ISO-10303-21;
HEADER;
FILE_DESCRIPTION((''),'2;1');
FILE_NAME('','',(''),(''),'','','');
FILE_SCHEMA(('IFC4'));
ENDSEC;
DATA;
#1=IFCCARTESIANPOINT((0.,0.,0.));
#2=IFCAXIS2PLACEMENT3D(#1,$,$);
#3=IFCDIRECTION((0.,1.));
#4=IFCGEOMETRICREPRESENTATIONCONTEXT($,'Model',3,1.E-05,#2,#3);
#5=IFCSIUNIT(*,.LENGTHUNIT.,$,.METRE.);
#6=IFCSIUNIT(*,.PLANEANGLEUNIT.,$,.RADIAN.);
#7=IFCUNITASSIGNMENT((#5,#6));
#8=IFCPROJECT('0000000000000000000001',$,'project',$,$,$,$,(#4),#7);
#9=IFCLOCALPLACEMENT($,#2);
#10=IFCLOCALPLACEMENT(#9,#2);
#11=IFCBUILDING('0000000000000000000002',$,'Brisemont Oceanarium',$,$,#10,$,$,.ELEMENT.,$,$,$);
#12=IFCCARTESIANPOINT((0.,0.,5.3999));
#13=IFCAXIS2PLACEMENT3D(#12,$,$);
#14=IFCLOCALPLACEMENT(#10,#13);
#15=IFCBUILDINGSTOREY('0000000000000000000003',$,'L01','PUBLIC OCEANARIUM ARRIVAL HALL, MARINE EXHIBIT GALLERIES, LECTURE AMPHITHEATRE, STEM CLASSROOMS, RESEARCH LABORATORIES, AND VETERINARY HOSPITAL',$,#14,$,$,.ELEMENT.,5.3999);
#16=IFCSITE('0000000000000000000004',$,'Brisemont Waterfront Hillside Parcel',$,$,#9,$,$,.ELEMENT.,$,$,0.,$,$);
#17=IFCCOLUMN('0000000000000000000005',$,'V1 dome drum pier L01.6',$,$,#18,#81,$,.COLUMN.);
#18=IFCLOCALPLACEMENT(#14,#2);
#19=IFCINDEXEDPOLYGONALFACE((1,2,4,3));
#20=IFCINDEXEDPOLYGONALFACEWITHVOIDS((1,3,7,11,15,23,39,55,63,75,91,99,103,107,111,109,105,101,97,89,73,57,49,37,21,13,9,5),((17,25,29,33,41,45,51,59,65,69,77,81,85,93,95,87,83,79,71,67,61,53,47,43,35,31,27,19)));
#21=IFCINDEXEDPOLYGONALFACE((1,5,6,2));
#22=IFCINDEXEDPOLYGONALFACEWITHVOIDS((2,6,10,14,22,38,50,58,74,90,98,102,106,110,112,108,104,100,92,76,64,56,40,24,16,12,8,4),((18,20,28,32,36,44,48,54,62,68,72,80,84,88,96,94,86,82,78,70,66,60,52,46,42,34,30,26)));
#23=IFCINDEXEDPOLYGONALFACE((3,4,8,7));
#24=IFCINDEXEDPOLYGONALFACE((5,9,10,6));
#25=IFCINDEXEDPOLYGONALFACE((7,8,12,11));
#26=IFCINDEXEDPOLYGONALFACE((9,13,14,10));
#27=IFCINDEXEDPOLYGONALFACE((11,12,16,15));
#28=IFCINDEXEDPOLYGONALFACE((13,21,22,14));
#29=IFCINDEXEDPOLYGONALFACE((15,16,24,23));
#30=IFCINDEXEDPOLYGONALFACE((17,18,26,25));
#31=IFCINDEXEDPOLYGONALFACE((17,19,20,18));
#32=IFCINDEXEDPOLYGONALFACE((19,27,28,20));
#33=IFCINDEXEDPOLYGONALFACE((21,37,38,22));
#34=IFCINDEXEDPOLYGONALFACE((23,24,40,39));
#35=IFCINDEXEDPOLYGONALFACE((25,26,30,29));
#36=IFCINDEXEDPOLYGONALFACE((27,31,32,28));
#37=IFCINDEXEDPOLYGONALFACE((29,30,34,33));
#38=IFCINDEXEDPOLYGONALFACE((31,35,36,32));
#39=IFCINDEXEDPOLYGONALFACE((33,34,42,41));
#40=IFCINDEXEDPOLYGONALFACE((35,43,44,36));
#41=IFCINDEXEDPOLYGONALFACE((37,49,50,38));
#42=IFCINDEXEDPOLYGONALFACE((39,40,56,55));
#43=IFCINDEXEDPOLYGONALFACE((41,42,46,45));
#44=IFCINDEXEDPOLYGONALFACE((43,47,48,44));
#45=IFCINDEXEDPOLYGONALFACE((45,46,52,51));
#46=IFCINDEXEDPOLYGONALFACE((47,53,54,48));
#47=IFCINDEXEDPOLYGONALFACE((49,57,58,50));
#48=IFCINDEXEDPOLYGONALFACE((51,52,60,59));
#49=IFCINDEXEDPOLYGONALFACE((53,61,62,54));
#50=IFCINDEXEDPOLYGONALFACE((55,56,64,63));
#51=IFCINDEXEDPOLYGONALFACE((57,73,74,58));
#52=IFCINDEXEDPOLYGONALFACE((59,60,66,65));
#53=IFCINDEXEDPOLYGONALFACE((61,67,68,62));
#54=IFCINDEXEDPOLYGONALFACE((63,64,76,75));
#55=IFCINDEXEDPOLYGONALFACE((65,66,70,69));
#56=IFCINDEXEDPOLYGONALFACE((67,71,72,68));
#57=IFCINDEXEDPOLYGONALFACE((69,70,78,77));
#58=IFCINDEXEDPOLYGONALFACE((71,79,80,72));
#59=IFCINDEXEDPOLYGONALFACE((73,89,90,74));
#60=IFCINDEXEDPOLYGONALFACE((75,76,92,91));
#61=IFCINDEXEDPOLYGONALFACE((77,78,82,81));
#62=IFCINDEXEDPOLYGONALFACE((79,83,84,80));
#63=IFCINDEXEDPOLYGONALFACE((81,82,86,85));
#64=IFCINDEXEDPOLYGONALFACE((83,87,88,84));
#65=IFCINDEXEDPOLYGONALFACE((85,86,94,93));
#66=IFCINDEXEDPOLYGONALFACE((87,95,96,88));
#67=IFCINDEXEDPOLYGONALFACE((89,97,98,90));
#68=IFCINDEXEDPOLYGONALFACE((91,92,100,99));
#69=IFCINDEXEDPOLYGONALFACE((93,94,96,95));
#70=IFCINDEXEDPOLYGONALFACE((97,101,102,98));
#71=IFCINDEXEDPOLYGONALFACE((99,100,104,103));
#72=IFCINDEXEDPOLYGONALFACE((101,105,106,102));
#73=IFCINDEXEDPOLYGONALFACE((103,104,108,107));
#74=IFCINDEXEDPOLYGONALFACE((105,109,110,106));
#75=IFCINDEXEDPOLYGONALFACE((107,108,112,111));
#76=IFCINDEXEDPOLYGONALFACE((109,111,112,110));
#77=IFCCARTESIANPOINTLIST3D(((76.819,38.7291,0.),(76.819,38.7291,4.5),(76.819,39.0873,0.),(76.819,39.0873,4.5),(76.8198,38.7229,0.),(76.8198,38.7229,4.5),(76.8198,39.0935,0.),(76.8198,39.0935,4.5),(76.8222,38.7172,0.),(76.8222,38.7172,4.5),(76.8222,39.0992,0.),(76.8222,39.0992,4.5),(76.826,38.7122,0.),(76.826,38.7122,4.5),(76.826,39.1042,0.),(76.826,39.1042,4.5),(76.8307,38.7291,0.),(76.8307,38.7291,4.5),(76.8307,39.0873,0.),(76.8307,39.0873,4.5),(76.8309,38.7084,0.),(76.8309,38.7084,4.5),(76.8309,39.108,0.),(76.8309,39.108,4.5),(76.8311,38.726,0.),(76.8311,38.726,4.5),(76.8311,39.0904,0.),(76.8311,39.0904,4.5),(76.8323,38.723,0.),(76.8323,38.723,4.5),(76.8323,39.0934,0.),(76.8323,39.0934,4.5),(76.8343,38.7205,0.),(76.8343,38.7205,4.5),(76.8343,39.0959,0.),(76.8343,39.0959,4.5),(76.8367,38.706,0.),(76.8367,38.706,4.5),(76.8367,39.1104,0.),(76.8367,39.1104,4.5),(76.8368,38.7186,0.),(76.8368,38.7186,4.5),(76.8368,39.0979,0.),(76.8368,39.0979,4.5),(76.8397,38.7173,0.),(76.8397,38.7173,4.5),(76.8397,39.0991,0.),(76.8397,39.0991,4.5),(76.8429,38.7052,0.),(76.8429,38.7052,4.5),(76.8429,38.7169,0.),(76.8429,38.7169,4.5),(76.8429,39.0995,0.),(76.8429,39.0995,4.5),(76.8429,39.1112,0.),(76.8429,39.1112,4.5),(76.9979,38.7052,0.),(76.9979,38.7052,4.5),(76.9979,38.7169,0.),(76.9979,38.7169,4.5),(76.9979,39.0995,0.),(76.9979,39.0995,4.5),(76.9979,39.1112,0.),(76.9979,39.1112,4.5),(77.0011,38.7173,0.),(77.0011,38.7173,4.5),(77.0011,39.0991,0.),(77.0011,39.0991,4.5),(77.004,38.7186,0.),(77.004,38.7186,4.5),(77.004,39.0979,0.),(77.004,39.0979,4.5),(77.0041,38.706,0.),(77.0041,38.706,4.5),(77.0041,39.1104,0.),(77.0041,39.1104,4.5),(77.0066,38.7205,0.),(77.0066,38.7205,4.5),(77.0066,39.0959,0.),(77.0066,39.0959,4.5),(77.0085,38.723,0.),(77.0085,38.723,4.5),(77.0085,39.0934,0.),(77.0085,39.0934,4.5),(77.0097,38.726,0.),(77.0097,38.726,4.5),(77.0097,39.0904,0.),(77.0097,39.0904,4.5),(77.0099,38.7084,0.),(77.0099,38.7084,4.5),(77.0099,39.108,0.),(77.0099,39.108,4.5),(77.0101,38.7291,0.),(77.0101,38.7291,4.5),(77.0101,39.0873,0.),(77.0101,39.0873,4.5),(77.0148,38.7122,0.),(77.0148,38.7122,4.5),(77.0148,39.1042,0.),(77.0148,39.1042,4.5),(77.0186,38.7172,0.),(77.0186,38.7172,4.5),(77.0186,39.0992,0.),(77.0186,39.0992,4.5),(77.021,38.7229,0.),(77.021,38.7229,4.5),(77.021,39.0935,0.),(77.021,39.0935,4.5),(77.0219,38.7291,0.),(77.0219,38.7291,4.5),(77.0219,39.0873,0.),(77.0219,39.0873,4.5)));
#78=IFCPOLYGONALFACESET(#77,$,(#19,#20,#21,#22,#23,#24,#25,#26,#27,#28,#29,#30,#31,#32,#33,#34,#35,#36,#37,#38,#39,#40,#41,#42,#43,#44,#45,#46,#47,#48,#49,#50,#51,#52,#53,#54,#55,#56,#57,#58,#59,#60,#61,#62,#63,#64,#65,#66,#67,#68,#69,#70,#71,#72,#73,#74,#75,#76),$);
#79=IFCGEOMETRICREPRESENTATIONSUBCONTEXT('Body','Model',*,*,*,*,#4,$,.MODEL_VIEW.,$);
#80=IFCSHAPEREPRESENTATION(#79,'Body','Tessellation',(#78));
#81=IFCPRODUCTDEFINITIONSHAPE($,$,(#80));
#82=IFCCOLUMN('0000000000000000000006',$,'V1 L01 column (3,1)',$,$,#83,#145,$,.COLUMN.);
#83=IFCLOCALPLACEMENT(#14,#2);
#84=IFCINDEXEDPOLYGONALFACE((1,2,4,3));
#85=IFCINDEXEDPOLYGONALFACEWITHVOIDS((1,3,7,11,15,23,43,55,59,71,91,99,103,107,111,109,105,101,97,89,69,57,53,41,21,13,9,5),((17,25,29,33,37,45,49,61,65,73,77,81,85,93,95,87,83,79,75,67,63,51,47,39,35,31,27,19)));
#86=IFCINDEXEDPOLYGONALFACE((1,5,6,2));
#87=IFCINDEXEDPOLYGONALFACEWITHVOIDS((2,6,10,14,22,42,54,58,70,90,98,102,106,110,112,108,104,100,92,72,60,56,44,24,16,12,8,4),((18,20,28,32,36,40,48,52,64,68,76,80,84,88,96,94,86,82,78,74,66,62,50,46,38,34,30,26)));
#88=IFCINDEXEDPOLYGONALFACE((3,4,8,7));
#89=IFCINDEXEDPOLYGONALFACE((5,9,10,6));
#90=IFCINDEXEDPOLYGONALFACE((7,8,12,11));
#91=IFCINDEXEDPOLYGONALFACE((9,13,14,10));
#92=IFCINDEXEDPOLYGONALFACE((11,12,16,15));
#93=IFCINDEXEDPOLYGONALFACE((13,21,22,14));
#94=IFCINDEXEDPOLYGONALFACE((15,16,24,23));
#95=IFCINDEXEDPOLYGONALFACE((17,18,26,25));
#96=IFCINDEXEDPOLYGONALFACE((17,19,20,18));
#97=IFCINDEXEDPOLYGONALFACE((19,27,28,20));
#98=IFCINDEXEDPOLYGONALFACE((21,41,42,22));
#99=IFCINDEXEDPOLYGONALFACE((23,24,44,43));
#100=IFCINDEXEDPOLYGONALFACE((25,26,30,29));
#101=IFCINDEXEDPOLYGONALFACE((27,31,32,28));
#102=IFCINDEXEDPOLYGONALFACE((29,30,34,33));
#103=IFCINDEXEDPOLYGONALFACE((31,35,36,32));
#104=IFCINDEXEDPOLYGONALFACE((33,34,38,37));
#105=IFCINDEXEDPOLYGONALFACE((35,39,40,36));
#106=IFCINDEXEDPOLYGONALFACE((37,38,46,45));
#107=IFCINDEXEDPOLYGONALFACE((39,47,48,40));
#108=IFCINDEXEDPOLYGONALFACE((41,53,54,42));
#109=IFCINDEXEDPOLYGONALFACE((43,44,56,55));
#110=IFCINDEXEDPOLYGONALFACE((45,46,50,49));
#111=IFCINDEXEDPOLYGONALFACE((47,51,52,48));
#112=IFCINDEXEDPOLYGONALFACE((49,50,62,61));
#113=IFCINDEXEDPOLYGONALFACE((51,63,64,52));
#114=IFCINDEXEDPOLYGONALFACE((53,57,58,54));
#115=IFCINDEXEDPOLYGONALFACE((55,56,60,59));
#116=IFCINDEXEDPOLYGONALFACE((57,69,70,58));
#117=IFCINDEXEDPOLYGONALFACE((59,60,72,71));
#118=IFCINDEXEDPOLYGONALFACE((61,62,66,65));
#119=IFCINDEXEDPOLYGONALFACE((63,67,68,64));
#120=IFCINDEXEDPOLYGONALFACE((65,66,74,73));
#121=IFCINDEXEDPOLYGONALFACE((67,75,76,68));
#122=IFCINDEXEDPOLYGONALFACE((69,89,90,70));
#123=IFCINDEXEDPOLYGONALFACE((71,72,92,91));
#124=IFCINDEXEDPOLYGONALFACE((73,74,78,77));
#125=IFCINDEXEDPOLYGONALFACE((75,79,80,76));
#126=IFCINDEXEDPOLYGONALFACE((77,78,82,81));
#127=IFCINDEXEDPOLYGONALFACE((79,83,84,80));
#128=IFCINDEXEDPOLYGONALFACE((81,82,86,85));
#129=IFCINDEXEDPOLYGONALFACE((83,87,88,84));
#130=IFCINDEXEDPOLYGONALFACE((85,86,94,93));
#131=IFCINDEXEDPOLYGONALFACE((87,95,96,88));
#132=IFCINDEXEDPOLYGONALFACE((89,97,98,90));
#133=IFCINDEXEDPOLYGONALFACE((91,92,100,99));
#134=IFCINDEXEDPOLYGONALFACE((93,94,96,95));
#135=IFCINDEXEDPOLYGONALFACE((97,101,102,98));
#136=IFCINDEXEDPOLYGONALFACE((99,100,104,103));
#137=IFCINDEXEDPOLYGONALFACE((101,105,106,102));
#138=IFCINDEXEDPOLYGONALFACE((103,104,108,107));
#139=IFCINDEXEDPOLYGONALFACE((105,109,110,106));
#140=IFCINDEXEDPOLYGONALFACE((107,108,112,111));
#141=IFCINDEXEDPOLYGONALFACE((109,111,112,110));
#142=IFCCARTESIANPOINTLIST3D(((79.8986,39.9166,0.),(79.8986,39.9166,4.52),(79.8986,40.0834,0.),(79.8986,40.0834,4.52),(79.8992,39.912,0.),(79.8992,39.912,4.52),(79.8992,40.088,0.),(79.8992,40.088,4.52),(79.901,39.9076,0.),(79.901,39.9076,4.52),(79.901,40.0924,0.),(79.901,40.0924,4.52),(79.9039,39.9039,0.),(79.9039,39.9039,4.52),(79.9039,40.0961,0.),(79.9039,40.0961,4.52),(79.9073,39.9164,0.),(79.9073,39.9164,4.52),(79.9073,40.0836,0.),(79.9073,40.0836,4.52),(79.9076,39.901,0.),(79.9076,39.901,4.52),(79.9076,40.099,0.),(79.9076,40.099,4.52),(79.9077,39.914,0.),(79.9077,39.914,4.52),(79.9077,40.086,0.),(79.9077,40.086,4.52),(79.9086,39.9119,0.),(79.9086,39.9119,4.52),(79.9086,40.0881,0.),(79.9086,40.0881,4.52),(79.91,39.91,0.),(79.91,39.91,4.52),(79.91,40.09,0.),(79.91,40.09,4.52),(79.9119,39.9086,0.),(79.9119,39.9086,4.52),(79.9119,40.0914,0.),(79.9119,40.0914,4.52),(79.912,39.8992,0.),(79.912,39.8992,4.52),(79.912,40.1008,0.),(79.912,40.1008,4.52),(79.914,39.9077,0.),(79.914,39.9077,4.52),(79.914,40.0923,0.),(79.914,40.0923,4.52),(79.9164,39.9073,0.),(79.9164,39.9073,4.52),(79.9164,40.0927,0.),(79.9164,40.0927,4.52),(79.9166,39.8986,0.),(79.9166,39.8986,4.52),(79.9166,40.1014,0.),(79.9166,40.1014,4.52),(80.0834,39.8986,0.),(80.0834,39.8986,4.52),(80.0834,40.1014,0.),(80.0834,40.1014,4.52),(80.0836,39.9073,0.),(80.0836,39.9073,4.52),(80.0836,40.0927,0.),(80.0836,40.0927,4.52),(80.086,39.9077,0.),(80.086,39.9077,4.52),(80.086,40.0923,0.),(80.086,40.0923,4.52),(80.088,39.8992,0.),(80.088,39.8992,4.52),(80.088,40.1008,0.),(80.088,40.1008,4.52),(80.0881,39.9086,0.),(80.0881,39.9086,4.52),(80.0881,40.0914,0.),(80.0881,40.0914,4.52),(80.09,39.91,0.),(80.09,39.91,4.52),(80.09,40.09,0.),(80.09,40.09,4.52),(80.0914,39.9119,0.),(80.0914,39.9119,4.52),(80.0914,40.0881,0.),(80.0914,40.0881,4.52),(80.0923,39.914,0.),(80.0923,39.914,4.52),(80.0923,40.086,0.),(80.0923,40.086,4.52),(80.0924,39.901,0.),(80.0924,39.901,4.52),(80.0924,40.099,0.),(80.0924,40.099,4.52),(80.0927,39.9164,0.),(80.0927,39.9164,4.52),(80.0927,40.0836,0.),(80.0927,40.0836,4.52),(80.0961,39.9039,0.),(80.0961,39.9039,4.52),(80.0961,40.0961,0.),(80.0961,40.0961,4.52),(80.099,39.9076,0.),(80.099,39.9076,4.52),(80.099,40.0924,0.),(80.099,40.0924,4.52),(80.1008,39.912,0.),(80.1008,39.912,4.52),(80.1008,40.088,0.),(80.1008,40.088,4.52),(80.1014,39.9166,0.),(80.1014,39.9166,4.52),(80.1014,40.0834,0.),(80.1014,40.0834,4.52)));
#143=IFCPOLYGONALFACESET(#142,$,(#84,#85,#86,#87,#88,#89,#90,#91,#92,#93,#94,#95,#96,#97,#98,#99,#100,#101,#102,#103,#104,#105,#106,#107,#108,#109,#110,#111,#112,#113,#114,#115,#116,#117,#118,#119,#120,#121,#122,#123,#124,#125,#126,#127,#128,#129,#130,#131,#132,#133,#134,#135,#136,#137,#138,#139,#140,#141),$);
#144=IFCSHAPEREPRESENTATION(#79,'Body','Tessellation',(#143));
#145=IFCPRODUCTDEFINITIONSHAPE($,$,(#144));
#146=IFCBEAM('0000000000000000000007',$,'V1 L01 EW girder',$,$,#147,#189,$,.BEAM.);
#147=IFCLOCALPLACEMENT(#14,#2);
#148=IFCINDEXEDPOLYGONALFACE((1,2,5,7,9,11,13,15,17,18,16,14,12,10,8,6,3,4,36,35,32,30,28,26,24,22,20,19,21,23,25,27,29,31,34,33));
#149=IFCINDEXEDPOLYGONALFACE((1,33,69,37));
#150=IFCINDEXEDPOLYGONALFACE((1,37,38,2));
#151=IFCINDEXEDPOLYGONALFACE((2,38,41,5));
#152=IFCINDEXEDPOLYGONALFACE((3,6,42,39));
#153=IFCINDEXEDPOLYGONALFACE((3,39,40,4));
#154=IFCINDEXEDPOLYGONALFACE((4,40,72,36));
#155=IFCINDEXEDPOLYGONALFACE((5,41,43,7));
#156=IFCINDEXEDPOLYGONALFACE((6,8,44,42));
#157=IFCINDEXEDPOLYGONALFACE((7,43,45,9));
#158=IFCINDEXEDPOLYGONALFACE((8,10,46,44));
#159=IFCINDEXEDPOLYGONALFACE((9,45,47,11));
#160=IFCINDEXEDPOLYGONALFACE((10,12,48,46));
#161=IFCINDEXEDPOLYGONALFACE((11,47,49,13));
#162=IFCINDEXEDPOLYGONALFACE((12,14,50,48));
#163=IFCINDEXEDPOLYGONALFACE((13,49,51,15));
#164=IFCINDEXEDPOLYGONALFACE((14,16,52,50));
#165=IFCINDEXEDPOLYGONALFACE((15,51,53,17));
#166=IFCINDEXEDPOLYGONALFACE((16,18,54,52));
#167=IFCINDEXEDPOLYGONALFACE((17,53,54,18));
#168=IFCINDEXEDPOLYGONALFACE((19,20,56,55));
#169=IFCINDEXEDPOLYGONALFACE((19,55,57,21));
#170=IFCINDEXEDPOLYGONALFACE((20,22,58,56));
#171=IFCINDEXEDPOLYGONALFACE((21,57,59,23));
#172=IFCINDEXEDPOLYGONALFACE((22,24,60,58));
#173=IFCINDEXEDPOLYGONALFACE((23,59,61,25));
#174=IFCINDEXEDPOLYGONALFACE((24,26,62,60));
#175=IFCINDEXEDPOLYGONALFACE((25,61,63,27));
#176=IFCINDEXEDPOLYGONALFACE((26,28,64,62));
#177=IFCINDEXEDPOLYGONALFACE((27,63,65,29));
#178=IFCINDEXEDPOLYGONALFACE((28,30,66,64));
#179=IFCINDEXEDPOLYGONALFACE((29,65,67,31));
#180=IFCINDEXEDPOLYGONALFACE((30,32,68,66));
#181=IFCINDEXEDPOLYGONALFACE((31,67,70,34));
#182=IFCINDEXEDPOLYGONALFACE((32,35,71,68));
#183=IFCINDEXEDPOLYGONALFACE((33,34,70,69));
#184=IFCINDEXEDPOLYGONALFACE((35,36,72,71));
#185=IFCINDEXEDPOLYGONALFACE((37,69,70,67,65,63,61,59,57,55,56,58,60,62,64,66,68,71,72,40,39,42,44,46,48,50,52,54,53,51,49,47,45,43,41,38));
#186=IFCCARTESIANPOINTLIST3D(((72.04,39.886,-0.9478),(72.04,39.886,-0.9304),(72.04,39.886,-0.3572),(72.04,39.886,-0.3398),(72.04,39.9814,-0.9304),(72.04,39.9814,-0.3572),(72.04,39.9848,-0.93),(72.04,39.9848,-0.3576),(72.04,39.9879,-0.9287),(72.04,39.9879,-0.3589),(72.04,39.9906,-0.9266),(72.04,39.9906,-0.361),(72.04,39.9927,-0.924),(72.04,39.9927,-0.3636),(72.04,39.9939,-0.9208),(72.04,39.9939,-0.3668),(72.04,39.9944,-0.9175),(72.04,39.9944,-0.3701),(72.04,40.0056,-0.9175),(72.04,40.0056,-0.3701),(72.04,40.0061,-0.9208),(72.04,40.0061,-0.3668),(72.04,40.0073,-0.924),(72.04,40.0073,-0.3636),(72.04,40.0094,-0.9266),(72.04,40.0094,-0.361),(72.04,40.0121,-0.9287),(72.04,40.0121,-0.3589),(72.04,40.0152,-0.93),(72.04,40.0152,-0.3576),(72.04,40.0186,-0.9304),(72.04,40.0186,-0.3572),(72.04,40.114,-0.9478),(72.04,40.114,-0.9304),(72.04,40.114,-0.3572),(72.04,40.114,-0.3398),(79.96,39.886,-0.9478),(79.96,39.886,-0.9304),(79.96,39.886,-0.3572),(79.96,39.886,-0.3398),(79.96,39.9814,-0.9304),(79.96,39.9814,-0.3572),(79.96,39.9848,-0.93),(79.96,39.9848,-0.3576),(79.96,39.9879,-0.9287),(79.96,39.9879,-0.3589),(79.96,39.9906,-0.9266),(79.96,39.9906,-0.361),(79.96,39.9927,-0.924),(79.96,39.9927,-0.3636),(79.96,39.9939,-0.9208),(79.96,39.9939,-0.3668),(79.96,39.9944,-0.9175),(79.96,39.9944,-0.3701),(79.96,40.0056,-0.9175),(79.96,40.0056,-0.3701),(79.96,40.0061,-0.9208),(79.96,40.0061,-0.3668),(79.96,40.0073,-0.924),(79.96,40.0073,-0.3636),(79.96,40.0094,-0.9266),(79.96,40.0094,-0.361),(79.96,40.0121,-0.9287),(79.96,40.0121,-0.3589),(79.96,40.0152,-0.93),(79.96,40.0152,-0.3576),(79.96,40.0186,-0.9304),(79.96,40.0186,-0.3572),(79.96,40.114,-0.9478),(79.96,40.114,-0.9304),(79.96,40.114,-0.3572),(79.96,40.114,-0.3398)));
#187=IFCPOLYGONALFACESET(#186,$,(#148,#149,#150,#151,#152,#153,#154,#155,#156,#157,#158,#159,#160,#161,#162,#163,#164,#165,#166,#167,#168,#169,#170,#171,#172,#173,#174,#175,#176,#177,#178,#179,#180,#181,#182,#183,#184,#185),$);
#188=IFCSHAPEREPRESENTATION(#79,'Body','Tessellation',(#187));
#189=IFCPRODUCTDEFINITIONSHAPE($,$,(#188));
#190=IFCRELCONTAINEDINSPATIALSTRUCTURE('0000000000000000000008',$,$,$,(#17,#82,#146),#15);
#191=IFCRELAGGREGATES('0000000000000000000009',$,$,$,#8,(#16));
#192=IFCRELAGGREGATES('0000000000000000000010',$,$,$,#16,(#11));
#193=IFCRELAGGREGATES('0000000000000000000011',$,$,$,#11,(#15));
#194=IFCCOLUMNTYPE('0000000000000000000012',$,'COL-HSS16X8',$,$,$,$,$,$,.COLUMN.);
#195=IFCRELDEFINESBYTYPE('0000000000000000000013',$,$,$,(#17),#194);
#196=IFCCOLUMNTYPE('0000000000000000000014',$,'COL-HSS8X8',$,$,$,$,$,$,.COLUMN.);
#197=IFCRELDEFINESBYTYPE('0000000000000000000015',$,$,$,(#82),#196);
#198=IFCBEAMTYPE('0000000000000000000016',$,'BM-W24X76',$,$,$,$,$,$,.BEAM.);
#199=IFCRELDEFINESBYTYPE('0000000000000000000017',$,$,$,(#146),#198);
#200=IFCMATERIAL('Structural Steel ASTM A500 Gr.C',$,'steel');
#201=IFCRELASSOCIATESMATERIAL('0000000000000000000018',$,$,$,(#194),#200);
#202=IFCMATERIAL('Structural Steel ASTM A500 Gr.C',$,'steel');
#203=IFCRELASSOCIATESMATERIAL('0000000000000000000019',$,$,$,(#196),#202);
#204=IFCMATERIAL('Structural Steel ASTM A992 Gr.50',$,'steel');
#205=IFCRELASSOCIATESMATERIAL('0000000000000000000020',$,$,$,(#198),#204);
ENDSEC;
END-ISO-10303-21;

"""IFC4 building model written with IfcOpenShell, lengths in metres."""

from ifc_helpers import new_model, si_unit, direction, frame, origin, origin_2d, place, context, subcontext, project, spatial, hollow_rectangle, i_section, extrude, material, material_profile, profile_set, type_object, element, save


model = new_model("IFC4")

# Units and contexts
model_context = context("Model", 3, precision=1e-05, world=origin(), true_north=direction((0.0, 1.0)))
body_context = subcontext(model_context, "Body", "Model", "MODEL_VIEW")
ifc_project = project(units=[si_unit("LENGTHUNIT", "METRE"), si_unit("PLANEANGLEUNIT", "RADIAN")], contexts=[model_context])

# Site, building, storey
site_placement = place(None, origin())
site = spatial("IfcSite", under=ifc_project, at=site_placement, Name="Brisemont Waterfront Hillside Parcel", CompositionType="ELEMENT", RefElevation=0.0)
building_placement = place(site_placement, origin())
building = spatial("IfcBuilding", under=site, at=building_placement, Name="Brisemont Oceanarium", CompositionType="ELEMENT")
storey_placement = place(building_placement, frame((0.0, 0.0, 5.3999)))
storey = spatial("IfcBuildingStorey", under=building, at=storey_placement, Name="L01", Description="PUBLIC OCEANARIUM ARRIVAL HALL, MARINE EXHIBIT GALLERIES, LECTURE AMPHITHEATRE, STEM CLASSROOMS, RESEARCH LABORATORIES, AND VETERINARY HOSPITAL", CompositionType="ELEMENT", Elevation=5.3999)

# Columns
ifc_material_1 = material(Name="Structural Steel ASTM A500 Gr.C", Category="steel")
ifc_material_profile_1 = material_profile(ifc_material_1, hollow_rectangle(XDim=0.2029, YDim=0.406, WallThickness=0.0117, InnerFilletRadius=0.0122, OuterFilletRadius=0.0239, at=origin_2d()), Name="HSS16X8X1/2")
ifc_profile_set_1 = profile_set([ifc_material_profile_1], Name="Structural Steel ASTM A500 Gr.C")
column_type_1 = type_object("IfcColumnType", Name="COL-HSS16X8", PredefinedType="COLUMN", material=ifc_profile_set_1)
for number, where, z_axis, x_axis, name in (
    (1, (76.9204, 38.9082, 0.0), (0.0, 0.0, 1.0), (1.0, 0.0, 0.0), "V1 dome drum pier L01.6"),
):
    element("IfcColumn", number, at=place(storey_placement, frame(where, z_axis=z_axis, x_axis=x_axis)), inside=storey, type_object=column_type_1, Name=name, PredefinedType="COLUMN", context=body_context, shape_type="SweptSolid", body=[
        extrude(hollow_rectangle(XDim=0.2029, YDim=0.406, WallThickness=0.0117, InnerFilletRadius=0.0122, OuterFilletRadius=0.0239, at=origin_2d()), origin(), (0.0, 0.0, 1.0), 4.5),
    ])
ifc_material_2 = material(Name="Structural Steel ASTM A500 Gr.C", Category="steel")
ifc_material_profile_2 = material_profile(ifc_material_2, hollow_rectangle(XDim=0.2029, YDim=0.2029, WallThickness=0.0088, InnerFilletRadius=0.009, OuterFilletRadius=0.0181, at=origin_2d()), Name="HSS8X8X3/8")
ifc_profile_set_2 = profile_set([ifc_material_profile_2], Name="Structural Steel ASTM A500 Gr.C")
column_type_2 = type_object("IfcColumnType", Name="COL-HSS8X8", PredefinedType="COLUMN", material=ifc_profile_set_2)
column_1_placement = place(storey_placement, frame((80.0, 40.0, 0.0), z_axis=(0.0, 0.0, 1.0), x_axis=(1.0, 0.0, 0.0)))
element("IfcColumn", 2, at=column_1_placement, inside=storey, type_object=column_type_2, Name="V1 L01 column (3,1)", PredefinedType="COLUMN", context=body_context, shape_type="SweptSolid", body=[
    extrude(hollow_rectangle(XDim=0.2029, YDim=0.2029, WallThickness=0.0088, InnerFilletRadius=0.009, OuterFilletRadius=0.0181, at=origin_2d()), origin(), (0.0, 0.0, 1.0), 4.52),
])

# Beam
ifc_material_3 = material(Name="Structural Steel ASTM A992 Gr.50", Category="steel")
ifc_material_profile_3 = material_profile(ifc_material_3, i_section(OverallWidth=0.228, OverallDepth=0.6079, WebThickness=0.0112, FlangeThickness=0.0173, FilletRadius=0.0129, at=origin_2d()), Name="W24X76")
ifc_profile_set_3 = profile_set([ifc_material_profile_3], Name="Structural Steel ASTM A992 Gr.50")
beam_type = type_object("IfcBeamType", Name="BM-W24X76", PredefinedType="BEAM", material=ifc_profile_set_3)
beam_placement = place(storey_placement, frame((72.04, 40.0, -0.6438), z_axis=(1.0, 0.0, 0.0), x_axis=(0.0, 1.0, 0.0)))
element("IfcBeam", 3, at=beam_placement, inside=storey, type_object=beam_type, Name="V1 L01 EW girder", PredefinedType="BEAM", context=body_context, shape_type="SweptSolid", body=[
    extrude(i_section(OverallWidth=0.228, OverallDepth=0.6079, WebThickness=0.0112, FlangeThickness=0.0173, FilletRadius=0.0129, at=origin_2d()), origin(), (0.0, 0.0, 1.0), 7.9199),
])

save(model, "model.ifc")
